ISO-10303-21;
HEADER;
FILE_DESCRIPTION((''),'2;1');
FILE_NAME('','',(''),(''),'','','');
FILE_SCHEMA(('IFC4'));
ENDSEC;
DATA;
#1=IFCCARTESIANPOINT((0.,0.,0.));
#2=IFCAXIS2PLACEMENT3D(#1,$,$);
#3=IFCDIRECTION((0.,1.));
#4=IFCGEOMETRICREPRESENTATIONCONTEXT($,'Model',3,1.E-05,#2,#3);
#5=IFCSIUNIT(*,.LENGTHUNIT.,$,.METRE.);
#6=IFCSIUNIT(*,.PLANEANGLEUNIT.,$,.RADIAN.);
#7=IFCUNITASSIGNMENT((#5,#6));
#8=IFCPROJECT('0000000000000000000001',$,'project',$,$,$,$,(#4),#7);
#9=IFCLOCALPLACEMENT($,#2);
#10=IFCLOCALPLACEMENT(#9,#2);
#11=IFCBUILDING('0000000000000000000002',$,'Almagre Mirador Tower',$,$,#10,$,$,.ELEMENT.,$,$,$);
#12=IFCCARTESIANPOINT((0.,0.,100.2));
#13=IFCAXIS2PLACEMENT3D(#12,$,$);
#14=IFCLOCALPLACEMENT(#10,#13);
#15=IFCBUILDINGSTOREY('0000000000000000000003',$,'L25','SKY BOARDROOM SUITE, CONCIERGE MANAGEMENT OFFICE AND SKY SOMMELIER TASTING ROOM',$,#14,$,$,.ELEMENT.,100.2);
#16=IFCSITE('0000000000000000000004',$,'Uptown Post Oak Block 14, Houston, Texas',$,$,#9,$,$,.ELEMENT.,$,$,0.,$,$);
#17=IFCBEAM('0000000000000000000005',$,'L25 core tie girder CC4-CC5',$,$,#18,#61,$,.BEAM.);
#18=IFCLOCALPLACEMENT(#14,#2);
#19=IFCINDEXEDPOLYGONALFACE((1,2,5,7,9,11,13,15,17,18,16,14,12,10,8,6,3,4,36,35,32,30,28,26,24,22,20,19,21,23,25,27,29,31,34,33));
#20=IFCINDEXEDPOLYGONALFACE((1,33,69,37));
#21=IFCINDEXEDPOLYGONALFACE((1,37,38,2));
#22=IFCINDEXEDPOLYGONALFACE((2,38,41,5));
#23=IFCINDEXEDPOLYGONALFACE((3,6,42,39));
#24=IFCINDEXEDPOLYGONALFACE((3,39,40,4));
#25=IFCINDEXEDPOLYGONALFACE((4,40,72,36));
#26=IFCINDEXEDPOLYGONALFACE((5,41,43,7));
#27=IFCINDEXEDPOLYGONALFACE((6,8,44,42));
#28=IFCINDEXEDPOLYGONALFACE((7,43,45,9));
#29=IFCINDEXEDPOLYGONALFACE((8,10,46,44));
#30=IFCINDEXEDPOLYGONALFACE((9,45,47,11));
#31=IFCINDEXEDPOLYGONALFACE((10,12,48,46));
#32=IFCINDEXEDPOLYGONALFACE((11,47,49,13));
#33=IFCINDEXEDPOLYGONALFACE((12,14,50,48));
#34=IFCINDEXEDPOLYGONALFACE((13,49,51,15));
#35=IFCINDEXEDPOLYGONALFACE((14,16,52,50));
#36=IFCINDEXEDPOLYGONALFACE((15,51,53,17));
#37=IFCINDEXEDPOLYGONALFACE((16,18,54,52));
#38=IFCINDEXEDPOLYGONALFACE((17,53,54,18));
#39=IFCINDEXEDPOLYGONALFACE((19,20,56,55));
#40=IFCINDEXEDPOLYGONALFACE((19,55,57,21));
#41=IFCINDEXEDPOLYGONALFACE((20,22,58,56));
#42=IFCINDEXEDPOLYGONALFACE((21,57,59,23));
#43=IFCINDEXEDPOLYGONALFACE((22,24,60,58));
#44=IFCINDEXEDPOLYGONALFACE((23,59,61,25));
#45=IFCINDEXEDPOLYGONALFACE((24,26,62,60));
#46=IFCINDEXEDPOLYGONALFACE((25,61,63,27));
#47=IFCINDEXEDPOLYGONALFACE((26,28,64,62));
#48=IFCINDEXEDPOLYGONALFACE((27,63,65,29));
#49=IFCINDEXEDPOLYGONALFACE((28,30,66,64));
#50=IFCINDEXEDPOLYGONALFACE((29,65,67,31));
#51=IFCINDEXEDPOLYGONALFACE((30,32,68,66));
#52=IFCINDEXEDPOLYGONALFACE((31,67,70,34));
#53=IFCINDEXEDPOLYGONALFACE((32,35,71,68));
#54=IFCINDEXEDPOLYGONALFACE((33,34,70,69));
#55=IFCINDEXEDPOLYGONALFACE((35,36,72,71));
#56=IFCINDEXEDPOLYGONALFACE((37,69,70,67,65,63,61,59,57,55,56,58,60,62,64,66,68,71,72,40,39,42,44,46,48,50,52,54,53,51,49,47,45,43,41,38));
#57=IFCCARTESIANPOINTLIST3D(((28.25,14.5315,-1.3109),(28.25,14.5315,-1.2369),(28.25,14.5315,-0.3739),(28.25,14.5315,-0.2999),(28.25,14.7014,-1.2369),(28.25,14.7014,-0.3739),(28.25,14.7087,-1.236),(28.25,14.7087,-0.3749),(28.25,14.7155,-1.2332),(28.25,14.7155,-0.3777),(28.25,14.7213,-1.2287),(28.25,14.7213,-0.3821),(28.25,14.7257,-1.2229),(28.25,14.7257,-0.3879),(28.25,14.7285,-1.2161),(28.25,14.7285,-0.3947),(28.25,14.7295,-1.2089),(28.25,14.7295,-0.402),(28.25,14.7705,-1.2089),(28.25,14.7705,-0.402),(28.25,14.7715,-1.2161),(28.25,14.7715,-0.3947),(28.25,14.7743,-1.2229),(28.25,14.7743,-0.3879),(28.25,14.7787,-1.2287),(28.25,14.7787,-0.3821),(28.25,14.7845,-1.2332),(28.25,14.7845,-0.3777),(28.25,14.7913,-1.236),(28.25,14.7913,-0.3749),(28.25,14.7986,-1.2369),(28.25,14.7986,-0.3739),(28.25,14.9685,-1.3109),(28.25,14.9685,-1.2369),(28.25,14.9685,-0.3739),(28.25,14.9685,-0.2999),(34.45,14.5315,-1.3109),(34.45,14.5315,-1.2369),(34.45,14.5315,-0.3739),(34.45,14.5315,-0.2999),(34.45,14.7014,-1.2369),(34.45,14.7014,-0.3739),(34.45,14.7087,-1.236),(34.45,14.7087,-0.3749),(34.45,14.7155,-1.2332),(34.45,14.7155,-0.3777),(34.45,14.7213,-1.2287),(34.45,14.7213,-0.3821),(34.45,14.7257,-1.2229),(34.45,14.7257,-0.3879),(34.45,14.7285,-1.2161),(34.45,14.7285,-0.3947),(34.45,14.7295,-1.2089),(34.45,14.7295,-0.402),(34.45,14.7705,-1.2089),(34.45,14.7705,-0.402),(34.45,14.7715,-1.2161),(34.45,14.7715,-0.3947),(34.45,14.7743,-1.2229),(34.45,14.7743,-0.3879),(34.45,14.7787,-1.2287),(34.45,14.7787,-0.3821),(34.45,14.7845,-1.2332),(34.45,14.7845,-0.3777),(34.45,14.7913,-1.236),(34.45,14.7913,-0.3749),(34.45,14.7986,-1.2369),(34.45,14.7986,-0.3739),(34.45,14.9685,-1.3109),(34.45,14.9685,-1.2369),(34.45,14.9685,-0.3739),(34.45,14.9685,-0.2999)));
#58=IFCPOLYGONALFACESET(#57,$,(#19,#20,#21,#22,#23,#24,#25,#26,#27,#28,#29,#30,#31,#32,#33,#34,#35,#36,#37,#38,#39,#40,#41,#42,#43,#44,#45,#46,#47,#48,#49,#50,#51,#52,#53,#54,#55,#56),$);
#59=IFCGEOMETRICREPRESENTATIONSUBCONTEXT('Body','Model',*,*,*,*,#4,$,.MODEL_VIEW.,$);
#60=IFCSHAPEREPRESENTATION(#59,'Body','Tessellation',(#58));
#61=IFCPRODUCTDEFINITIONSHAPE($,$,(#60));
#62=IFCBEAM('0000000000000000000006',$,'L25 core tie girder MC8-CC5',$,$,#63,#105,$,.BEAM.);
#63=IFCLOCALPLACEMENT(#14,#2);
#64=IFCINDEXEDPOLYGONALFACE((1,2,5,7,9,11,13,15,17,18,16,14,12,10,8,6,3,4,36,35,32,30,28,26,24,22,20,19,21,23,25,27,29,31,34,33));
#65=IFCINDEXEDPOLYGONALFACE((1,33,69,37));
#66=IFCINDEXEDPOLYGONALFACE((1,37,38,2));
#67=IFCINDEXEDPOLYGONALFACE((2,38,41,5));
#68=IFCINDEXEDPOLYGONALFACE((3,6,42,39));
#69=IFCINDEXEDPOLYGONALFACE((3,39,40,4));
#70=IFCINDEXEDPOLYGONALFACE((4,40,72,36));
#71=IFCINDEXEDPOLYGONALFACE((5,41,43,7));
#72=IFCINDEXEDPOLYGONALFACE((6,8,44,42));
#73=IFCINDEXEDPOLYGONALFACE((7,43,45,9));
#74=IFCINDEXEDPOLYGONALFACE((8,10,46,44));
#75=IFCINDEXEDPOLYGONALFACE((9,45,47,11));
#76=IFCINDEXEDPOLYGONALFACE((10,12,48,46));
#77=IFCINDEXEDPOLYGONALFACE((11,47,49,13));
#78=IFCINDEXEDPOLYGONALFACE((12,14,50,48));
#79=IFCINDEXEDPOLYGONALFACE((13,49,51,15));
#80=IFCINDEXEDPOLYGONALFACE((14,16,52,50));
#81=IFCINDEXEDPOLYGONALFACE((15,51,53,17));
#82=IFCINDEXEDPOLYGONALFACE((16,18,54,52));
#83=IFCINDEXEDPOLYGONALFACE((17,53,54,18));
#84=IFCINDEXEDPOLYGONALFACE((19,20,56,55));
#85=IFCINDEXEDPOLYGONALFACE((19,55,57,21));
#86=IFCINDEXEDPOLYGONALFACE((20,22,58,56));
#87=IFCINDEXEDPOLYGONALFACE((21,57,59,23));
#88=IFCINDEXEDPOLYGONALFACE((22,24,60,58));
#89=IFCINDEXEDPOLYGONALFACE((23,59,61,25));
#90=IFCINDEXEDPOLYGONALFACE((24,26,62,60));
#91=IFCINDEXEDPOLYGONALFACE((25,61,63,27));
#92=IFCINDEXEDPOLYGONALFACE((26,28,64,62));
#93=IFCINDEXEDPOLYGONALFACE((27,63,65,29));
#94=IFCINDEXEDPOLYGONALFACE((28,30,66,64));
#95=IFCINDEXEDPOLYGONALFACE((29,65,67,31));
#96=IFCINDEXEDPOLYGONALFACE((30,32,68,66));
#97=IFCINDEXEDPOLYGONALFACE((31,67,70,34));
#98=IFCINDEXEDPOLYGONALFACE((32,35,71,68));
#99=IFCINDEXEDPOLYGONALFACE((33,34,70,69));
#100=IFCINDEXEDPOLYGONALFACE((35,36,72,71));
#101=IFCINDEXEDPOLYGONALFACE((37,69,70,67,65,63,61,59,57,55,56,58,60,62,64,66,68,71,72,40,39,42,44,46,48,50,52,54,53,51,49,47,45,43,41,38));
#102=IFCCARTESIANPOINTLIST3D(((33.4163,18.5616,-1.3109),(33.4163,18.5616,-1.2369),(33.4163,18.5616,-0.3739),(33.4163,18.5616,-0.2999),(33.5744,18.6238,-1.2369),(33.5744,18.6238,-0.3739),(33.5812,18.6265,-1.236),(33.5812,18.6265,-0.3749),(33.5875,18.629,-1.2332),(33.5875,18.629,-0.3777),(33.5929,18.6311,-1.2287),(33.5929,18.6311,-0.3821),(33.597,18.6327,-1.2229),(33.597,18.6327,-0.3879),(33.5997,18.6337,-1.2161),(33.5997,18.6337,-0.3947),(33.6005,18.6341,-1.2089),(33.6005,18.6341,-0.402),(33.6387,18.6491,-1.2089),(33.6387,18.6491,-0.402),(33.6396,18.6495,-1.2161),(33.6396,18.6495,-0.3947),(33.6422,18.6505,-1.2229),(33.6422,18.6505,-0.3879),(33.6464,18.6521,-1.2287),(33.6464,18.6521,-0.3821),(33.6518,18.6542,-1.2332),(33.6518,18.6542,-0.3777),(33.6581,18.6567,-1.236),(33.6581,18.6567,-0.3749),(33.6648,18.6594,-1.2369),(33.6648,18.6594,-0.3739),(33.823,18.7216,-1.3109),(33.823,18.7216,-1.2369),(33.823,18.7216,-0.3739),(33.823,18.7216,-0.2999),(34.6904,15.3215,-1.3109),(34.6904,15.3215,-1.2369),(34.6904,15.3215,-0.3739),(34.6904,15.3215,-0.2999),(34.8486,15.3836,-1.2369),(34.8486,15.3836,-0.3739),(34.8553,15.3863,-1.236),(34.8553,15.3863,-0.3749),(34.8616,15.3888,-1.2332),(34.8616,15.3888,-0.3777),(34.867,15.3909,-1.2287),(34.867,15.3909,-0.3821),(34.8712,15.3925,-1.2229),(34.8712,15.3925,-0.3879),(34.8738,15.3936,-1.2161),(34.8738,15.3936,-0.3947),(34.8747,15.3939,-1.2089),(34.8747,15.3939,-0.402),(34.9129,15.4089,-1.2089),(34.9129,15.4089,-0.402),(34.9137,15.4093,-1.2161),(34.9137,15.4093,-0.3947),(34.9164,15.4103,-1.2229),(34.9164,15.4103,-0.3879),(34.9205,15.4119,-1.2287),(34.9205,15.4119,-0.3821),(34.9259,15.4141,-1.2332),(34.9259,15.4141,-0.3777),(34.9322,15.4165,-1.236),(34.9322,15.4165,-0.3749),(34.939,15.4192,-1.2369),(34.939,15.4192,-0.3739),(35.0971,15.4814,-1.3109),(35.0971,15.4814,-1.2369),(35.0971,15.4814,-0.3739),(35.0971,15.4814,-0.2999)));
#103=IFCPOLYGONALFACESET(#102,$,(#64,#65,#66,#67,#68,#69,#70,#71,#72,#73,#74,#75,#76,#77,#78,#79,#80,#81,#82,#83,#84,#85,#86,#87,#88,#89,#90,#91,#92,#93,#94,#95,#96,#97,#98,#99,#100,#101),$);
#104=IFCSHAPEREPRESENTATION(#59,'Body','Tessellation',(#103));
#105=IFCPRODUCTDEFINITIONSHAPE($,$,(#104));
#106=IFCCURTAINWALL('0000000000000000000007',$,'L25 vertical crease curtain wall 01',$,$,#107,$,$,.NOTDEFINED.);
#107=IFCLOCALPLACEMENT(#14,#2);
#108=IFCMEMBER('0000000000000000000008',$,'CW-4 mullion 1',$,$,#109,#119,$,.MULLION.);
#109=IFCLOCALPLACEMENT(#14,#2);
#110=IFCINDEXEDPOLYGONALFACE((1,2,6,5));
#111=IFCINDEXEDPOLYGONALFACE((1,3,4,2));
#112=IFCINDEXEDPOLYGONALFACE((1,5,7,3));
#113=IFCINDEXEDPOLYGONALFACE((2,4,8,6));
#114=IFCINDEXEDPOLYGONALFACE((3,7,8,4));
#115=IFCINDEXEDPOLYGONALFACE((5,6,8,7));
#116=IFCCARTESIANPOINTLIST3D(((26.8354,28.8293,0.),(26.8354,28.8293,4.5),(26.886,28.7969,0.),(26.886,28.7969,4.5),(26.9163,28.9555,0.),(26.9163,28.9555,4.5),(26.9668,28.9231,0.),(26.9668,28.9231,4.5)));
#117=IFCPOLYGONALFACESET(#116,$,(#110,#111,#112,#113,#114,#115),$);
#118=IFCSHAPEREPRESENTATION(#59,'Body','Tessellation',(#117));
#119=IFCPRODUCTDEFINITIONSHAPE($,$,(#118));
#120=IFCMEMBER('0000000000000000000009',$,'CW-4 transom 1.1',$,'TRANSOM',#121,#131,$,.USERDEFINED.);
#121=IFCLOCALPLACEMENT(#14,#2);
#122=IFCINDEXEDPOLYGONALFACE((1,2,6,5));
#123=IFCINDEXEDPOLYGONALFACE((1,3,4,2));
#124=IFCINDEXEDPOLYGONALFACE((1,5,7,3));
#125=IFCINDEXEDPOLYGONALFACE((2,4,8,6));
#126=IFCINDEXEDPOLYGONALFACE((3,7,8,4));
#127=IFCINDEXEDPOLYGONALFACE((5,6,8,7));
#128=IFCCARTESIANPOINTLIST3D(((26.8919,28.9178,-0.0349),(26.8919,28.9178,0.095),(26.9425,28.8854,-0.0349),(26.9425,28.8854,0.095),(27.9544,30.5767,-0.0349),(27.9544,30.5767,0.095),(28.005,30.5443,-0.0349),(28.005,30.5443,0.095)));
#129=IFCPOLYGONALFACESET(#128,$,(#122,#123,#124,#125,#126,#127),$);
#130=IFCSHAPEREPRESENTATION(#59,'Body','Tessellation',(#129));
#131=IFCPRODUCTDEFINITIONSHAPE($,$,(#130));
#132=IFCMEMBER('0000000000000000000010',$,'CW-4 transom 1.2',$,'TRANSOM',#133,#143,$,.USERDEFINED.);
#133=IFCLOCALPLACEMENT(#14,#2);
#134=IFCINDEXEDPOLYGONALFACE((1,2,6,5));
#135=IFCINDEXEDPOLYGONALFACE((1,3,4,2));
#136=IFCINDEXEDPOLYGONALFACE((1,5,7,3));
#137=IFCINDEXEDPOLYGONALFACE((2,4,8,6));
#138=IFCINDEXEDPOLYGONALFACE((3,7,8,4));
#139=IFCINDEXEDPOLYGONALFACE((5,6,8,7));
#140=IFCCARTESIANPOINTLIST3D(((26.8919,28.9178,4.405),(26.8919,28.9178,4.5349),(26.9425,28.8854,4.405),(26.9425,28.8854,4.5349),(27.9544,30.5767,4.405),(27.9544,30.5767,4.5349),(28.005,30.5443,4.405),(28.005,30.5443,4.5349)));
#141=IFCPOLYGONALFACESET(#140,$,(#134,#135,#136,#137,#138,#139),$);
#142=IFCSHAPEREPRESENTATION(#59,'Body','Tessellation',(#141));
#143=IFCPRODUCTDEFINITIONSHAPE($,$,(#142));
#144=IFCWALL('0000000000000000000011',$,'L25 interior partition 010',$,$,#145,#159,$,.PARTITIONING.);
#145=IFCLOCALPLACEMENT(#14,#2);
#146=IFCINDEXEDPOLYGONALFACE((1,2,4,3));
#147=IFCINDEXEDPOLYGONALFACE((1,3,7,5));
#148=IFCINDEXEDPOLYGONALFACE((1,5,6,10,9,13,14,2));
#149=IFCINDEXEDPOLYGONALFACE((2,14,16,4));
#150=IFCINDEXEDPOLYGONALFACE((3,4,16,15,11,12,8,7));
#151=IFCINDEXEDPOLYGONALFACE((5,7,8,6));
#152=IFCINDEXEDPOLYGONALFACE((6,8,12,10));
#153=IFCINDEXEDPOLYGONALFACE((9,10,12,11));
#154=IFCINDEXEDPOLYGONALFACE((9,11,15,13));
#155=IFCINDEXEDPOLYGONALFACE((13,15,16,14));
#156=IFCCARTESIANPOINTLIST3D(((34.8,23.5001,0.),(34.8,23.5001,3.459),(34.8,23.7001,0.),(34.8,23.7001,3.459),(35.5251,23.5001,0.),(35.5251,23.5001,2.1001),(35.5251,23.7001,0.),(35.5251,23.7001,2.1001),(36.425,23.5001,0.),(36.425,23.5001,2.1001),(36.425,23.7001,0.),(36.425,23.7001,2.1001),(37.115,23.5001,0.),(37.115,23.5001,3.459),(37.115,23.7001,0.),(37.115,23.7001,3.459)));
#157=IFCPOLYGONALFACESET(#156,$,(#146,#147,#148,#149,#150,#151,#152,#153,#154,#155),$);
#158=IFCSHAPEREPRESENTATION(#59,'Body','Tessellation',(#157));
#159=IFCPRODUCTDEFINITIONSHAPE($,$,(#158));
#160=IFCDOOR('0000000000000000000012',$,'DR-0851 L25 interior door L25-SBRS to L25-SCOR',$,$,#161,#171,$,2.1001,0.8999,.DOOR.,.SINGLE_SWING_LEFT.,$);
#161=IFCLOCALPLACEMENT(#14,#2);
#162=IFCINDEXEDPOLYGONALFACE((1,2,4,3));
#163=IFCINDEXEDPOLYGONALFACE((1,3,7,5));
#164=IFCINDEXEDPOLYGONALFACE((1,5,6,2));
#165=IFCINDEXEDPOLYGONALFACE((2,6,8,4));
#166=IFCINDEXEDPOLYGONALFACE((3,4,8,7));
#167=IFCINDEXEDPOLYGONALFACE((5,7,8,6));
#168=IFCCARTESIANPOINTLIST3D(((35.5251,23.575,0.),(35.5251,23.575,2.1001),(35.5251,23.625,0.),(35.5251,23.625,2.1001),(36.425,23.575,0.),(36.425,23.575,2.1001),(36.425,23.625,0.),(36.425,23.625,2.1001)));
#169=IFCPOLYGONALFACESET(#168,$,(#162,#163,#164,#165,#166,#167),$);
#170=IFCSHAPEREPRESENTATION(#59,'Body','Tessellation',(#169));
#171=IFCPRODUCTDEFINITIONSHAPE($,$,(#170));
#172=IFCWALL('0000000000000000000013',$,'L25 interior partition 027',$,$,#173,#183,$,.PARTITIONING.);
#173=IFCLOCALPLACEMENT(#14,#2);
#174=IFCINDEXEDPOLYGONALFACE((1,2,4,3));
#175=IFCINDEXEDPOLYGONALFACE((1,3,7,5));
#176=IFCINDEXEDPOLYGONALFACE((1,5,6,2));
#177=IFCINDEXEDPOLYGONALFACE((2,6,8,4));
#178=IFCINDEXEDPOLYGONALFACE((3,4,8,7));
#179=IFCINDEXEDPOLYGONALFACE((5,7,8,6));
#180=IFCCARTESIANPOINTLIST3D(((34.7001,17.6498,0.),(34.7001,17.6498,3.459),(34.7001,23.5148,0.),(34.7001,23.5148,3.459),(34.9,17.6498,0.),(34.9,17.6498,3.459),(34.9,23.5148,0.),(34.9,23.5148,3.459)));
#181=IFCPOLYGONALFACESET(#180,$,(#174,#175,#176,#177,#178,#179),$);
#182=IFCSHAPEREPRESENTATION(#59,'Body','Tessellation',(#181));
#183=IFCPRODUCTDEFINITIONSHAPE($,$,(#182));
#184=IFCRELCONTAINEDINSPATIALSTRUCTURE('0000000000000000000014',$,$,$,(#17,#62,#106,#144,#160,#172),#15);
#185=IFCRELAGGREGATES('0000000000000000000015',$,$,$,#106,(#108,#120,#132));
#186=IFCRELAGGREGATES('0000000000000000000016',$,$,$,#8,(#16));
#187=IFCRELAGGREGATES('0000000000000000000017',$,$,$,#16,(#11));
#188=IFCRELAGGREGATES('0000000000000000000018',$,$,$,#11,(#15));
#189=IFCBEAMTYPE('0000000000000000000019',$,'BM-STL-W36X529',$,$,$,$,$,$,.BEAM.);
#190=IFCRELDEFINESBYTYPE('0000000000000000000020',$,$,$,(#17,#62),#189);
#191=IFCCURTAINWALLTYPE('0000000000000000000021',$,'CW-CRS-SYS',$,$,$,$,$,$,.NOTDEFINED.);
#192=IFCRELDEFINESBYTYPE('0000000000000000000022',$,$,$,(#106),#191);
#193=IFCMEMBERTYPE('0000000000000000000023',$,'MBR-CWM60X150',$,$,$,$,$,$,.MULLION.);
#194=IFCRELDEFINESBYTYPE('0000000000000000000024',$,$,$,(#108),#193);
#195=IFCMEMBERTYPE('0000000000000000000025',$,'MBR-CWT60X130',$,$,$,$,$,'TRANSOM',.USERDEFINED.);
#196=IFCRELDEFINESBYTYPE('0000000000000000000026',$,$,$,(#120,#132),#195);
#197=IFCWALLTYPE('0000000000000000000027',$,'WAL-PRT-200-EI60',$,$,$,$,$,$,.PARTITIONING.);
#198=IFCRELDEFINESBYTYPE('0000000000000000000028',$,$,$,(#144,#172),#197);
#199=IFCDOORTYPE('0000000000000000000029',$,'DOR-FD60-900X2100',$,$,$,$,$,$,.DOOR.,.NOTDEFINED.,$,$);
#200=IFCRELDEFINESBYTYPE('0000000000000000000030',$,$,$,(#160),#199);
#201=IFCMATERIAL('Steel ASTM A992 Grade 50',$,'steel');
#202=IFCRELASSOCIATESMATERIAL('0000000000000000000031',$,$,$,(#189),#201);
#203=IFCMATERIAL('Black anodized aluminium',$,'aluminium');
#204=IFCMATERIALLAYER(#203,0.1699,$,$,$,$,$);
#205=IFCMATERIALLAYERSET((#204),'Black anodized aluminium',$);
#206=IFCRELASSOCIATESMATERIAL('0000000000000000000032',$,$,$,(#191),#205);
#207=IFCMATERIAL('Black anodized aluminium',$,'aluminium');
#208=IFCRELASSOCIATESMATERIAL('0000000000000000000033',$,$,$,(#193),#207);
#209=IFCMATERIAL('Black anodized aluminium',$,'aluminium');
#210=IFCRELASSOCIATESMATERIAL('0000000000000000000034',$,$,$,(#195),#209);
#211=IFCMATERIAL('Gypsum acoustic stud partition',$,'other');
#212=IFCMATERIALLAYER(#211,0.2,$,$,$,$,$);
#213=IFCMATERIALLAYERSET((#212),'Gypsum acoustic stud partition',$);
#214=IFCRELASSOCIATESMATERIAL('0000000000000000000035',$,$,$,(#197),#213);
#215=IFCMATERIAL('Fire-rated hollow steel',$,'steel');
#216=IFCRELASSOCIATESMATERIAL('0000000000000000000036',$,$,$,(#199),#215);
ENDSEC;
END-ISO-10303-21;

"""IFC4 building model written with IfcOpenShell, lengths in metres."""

from ifc_helpers import new_model, si_unit, direction, frame, frame_2d, origin, origin_2d, place, context, subcontext, project, spatial, rectangle, i_section, extrude, material, layer, layer_set, material_profile, profile_set, type_object, element, fill, aggregate, save


model = new_model("IFC4")

# Units and contexts
model_context = context("Model", 3, precision=1e-05, world=origin(), true_north=direction((0.0, 1.0)))
body_context = subcontext(model_context, "Body", "Model", "MODEL_VIEW")
ifc_project = project(units=[si_unit("LENGTHUNIT", "METRE"), si_unit("PLANEANGLEUNIT", "RADIAN")], contexts=[model_context])

# Site, building, storey
site_placement = place(None, origin())
site = spatial("IfcSite", under=ifc_project, at=site_placement, Name="Uptown Post Oak Block 14, Houston, Texas", CompositionType="ELEMENT", RefElevation=0.0)
building_placement = place(site_placement, origin())
building = spatial("IfcBuilding", under=site, at=building_placement, Name="Almagre Mirador Tower", CompositionType="ELEMENT")
storey_placement = place(building_placement, frame((0.0, 0.0, 100.2)))
storey = spatial("IfcBuildingStorey", under=building, at=storey_placement, Name="L25", Description="SKY BOARDROOM SUITE, CONCIERGE MANAGEMENT OFFICE AND SKY SOMMELIER TASTING ROOM", CompositionType="ELEMENT", Elevation=100.2)

# Beams
ifc_material_1 = material(Name="Steel ASTM A992 Grade 50", Category="steel")
ifc_material_profile_1 = material_profile(ifc_material_1, i_section(OverallWidth=0.437, OverallDepth=1.011, WebThickness=0.041, FlangeThickness=0.074, FilletRadius=0.0281, at=origin_2d()), Name="W36X529")
ifc_profile_set_1 = profile_set([ifc_material_profile_1], Name="Steel ASTM A992 Grade 50")
beam_type_1 = type_object("IfcBeamType", Name="BM-STL-W36X529", PredefinedType="BEAM", material=ifc_profile_set_1)
beam_1_placement = place(storey_placement, frame((28.25, 14.75, -0.8054), z_axis=(1.0, 0.0, 0.0), x_axis=(0.0, 1.0, 0.0)))
element("IfcBeam", 1, at=beam_1_placement, inside=storey, type_object=beam_type_1, Name="L25 core tie girder CC4-CC5", PredefinedType="BEAM", context=body_context, shape_type="SweptSolid", body=[
    extrude(i_section(OverallWidth=0.437, OverallDepth=1.011, WebThickness=0.041, FlangeThickness=0.074, FilletRadius=0.0281, at=origin_2d()), origin(), (0.0, 0.0, 1.0), 6.2),
])
beam_2_placement = place(storey_placement, frame((33.6196, 18.6416, -0.8054), z_axis=(0.365956, -0.930632, 0.0), x_axis=(0.930632, 0.365956, 0.0)))
element("IfcBeam", 2, at=beam_2_placement, inside=storey, type_object=beam_type_1, Name="L25 core tie girder MC8-CC5", PredefinedType="BEAM", context=body_context, shape_type="SweptSolid", body=[
    extrude(i_section(OverallWidth=0.437, OverallDepth=1.011, WebThickness=0.041, FlangeThickness=0.074, FilletRadius=0.0281, at=origin_2d()), origin(), (0.0, 0.0, 1.0), 3.4817),
])

# Curtain wall, members
ifc_material_2 = material(Name="Black anodized aluminium", Category="aluminium")
ifc_layer_1 = layer(ifc_material_2, 0.1699)
ifc_layer_set_1 = layer_set([ifc_layer_1], Name="Black anodized aluminium")
curtain_wall_type = type_object("IfcCurtainWallType", Name="CW-CRS-SYS", PredefinedType="NOTDEFINED", material=ifc_layer_set_1)
curtain_wall_placement = place(storey_placement, origin())
curtain_wall = element("IfcCurtainWall", 3, at=curtain_wall_placement, inside=storey, type_object=curtain_wall_type, Name="L25 vertical crease curtain wall 01", PredefinedType="NOTDEFINED")
ifc_material_3 = material(Name="Black anodized aluminium", Category="aluminium")
ifc_material_profile_2 = material_profile(ifc_material_3, rectangle(XDim=0.0601, YDim=0.1499, at=origin_2d()), Name="CWM60X150")
ifc_profile_set_2 = profile_set([ifc_material_profile_2], Name="Black anodized aluminium")
member_type_1 = type_object("IfcMemberType", Name="MBR-CWM60X150", PredefinedType="MULLION", material=ifc_profile_set_2)
member_1_placement = place(storey_placement, frame((26.9011, 28.8762, 0.0), z_axis=(0.0, 0.0, 1.0), x_axis=(-0.842141, 0.539257, 0.0)))
member_1 = element("IfcMember", 4, at=member_1_placement, type_object=member_type_1, Name="CW-4 mullion 1", PredefinedType="MULLION", context=body_context, shape_type="SweptSolid", body=[
    extrude(rectangle(XDim=0.0601, YDim=0.1499, at=origin_2d()), origin(), (0.0, 0.0, 1.0), 4.5),
])
ifc_material_4 = material(Name="Black anodized aluminium", Category="aluminium")
ifc_material_profile_3 = material_profile(ifc_material_4, rectangle(XDim=0.0601, YDim=0.1299, at=origin_2d()), Name="CWT60X130")
ifc_profile_set_3 = profile_set([ifc_material_profile_3], Name="Black anodized aluminium")
member_type_2 = type_object("IfcMemberType", Name="MBR-CWT60X130", ElementType="TRANSOM", PredefinedType="USERDEFINED", material=ifc_profile_set_3)
member_2_placement = place(storey_placement, frame((26.9172, 28.9016, 0.03), z_axis=(0.539335, 0.842091, 0.0), x_axis=(-0.842091, 0.539335, 0.0)))
member_2 = element("IfcMember", 5, at=member_2_placement, type_object=member_type_2, Name="CW-4 transom 1.1", ObjectType="TRANSOM", PredefinedType="USERDEFINED", context=body_context, shape_type="SweptSolid", body=[
    extrude(rectangle(XDim=0.0601, YDim=0.1299, at=origin_2d()), origin(), (0.0, 0.0, 1.0), 1.97),
])
member_3_placement = place(storey_placement, frame((26.9172, 28.9016, 4.47), z_axis=(0.539335, 0.842091, 0.0), x_axis=(-0.842091, 0.539335, 0.0)))
member_3 = element("IfcMember", 6, at=member_3_placement, type_object=member_type_2, Name="CW-4 transom 1.2", ObjectType="TRANSOM", PredefinedType="USERDEFINED", context=body_context, shape_type="SweptSolid", body=[
    extrude(rectangle(XDim=0.0601, YDim=0.1299, at=origin_2d()), origin(), (0.0, 0.0, 1.0), 1.97),
])
aggregate(curtain_wall, [member_1, member_2, member_3])

# Wall, opening, door
ifc_material_5 = material(Name="Gypsum acoustic stud partition", Category="other")
ifc_layer_2 = layer(ifc_material_5, 0.2)
ifc_layer_set_2 = layer_set([ifc_layer_2], Name="Gypsum acoustic stud partition")
wall_type_1 = type_object("IfcWallType", Name="WAL-PRT-200-EI60", PredefinedType="PARTITIONING", material=ifc_layer_set_2)
wall_1_placement = place(storey_placement, frame((34.8, 23.6001, 0.0), z_axis=(0.0, 0.0, 1.0), x_axis=(1.0, 0.0, 0.0)))
wall_1 = element("IfcWall", 7, at=wall_1_placement, inside=storey, type_object=wall_type_1, Name="L25 interior partition 010", PredefinedType="PARTITIONING", context=body_context, shape_type="SweptSolid", body=[
    extrude(rectangle(XDim=2.3149, YDim=0.2, at=frame_2d((1.1575, 0.0))), origin(), (0.0, 0.0, 1.0), 3.459),
])
opening_1_placement = place(wall_1_placement, frame((0.7251, 0.0, 0.0)))
opening_1 = element("IfcOpeningElement", 8, at=opening_1_placement, cuts=wall_1, PredefinedType="OPENING", context=body_context, shape_type="SweptSolid", body=[
    extrude(rectangle(XDim=0.8999, YDim=2.1001, at=frame_2d((0.45, 1.05))), frame((0.0, 0.1101, 0.0), z_axis=(0.0, -1.0, 0.0), x_axis=(1.0, 0.0, 0.0)), (0.0, 0.0, 1.0), 0.22),
])
ifc_material_6 = material(Name="Fire-rated hollow steel", Category="steel")
door_type_1 = type_object("IfcDoorType", Name="DOR-FD60-900X2100", OperationType="NOTDEFINED", PredefinedType="DOOR", material=ifc_material_6)
door_1_placement = place(opening_1_placement, origin())
door_1 = element("IfcDoor", 9, at=door_1_placement, inside=storey, type_object=door_type_1, Name="DR-0851 L25 interior door L25-SBRS to L25-SCOR", OperationType="SINGLE_SWING_LEFT", OverallHeight=2.1001, OverallWidth=0.8999, PredefinedType="DOOR", context=body_context, shape_type="SweptSolid", body=[
    extrude(rectangle(XDim=0.8999, YDim=2.1001, at=frame_2d((0.45, 1.05))), frame((0.0, 0.0249, 0.0), z_axis=(0.0, -1.0, 0.0), x_axis=(1.0, 0.0, 0.0)), (0.0, 0.0, 1.0), 0.05),
])
fill(opening_1, door_1)

# Wall
wall_2_placement = place(storey_placement, frame((34.8, 23.5149, 0.0), z_axis=(0.0, 0.0, 1.0), x_axis=(0.0, -1.0, 0.0)))
element("IfcWall", 10, at=wall_2_placement, inside=storey, type_object=wall_type_1, Name="L25 interior partition 027", PredefinedType="PARTITIONING", context=body_context, shape_type="SweptSolid", body=[
    extrude(rectangle(XDim=5.865, YDim=0.2, at=frame_2d((2.9326, 0.0))), origin(), (0.0, 0.0, 1.0), 3.459),
])

save(model, "model.ifc")
